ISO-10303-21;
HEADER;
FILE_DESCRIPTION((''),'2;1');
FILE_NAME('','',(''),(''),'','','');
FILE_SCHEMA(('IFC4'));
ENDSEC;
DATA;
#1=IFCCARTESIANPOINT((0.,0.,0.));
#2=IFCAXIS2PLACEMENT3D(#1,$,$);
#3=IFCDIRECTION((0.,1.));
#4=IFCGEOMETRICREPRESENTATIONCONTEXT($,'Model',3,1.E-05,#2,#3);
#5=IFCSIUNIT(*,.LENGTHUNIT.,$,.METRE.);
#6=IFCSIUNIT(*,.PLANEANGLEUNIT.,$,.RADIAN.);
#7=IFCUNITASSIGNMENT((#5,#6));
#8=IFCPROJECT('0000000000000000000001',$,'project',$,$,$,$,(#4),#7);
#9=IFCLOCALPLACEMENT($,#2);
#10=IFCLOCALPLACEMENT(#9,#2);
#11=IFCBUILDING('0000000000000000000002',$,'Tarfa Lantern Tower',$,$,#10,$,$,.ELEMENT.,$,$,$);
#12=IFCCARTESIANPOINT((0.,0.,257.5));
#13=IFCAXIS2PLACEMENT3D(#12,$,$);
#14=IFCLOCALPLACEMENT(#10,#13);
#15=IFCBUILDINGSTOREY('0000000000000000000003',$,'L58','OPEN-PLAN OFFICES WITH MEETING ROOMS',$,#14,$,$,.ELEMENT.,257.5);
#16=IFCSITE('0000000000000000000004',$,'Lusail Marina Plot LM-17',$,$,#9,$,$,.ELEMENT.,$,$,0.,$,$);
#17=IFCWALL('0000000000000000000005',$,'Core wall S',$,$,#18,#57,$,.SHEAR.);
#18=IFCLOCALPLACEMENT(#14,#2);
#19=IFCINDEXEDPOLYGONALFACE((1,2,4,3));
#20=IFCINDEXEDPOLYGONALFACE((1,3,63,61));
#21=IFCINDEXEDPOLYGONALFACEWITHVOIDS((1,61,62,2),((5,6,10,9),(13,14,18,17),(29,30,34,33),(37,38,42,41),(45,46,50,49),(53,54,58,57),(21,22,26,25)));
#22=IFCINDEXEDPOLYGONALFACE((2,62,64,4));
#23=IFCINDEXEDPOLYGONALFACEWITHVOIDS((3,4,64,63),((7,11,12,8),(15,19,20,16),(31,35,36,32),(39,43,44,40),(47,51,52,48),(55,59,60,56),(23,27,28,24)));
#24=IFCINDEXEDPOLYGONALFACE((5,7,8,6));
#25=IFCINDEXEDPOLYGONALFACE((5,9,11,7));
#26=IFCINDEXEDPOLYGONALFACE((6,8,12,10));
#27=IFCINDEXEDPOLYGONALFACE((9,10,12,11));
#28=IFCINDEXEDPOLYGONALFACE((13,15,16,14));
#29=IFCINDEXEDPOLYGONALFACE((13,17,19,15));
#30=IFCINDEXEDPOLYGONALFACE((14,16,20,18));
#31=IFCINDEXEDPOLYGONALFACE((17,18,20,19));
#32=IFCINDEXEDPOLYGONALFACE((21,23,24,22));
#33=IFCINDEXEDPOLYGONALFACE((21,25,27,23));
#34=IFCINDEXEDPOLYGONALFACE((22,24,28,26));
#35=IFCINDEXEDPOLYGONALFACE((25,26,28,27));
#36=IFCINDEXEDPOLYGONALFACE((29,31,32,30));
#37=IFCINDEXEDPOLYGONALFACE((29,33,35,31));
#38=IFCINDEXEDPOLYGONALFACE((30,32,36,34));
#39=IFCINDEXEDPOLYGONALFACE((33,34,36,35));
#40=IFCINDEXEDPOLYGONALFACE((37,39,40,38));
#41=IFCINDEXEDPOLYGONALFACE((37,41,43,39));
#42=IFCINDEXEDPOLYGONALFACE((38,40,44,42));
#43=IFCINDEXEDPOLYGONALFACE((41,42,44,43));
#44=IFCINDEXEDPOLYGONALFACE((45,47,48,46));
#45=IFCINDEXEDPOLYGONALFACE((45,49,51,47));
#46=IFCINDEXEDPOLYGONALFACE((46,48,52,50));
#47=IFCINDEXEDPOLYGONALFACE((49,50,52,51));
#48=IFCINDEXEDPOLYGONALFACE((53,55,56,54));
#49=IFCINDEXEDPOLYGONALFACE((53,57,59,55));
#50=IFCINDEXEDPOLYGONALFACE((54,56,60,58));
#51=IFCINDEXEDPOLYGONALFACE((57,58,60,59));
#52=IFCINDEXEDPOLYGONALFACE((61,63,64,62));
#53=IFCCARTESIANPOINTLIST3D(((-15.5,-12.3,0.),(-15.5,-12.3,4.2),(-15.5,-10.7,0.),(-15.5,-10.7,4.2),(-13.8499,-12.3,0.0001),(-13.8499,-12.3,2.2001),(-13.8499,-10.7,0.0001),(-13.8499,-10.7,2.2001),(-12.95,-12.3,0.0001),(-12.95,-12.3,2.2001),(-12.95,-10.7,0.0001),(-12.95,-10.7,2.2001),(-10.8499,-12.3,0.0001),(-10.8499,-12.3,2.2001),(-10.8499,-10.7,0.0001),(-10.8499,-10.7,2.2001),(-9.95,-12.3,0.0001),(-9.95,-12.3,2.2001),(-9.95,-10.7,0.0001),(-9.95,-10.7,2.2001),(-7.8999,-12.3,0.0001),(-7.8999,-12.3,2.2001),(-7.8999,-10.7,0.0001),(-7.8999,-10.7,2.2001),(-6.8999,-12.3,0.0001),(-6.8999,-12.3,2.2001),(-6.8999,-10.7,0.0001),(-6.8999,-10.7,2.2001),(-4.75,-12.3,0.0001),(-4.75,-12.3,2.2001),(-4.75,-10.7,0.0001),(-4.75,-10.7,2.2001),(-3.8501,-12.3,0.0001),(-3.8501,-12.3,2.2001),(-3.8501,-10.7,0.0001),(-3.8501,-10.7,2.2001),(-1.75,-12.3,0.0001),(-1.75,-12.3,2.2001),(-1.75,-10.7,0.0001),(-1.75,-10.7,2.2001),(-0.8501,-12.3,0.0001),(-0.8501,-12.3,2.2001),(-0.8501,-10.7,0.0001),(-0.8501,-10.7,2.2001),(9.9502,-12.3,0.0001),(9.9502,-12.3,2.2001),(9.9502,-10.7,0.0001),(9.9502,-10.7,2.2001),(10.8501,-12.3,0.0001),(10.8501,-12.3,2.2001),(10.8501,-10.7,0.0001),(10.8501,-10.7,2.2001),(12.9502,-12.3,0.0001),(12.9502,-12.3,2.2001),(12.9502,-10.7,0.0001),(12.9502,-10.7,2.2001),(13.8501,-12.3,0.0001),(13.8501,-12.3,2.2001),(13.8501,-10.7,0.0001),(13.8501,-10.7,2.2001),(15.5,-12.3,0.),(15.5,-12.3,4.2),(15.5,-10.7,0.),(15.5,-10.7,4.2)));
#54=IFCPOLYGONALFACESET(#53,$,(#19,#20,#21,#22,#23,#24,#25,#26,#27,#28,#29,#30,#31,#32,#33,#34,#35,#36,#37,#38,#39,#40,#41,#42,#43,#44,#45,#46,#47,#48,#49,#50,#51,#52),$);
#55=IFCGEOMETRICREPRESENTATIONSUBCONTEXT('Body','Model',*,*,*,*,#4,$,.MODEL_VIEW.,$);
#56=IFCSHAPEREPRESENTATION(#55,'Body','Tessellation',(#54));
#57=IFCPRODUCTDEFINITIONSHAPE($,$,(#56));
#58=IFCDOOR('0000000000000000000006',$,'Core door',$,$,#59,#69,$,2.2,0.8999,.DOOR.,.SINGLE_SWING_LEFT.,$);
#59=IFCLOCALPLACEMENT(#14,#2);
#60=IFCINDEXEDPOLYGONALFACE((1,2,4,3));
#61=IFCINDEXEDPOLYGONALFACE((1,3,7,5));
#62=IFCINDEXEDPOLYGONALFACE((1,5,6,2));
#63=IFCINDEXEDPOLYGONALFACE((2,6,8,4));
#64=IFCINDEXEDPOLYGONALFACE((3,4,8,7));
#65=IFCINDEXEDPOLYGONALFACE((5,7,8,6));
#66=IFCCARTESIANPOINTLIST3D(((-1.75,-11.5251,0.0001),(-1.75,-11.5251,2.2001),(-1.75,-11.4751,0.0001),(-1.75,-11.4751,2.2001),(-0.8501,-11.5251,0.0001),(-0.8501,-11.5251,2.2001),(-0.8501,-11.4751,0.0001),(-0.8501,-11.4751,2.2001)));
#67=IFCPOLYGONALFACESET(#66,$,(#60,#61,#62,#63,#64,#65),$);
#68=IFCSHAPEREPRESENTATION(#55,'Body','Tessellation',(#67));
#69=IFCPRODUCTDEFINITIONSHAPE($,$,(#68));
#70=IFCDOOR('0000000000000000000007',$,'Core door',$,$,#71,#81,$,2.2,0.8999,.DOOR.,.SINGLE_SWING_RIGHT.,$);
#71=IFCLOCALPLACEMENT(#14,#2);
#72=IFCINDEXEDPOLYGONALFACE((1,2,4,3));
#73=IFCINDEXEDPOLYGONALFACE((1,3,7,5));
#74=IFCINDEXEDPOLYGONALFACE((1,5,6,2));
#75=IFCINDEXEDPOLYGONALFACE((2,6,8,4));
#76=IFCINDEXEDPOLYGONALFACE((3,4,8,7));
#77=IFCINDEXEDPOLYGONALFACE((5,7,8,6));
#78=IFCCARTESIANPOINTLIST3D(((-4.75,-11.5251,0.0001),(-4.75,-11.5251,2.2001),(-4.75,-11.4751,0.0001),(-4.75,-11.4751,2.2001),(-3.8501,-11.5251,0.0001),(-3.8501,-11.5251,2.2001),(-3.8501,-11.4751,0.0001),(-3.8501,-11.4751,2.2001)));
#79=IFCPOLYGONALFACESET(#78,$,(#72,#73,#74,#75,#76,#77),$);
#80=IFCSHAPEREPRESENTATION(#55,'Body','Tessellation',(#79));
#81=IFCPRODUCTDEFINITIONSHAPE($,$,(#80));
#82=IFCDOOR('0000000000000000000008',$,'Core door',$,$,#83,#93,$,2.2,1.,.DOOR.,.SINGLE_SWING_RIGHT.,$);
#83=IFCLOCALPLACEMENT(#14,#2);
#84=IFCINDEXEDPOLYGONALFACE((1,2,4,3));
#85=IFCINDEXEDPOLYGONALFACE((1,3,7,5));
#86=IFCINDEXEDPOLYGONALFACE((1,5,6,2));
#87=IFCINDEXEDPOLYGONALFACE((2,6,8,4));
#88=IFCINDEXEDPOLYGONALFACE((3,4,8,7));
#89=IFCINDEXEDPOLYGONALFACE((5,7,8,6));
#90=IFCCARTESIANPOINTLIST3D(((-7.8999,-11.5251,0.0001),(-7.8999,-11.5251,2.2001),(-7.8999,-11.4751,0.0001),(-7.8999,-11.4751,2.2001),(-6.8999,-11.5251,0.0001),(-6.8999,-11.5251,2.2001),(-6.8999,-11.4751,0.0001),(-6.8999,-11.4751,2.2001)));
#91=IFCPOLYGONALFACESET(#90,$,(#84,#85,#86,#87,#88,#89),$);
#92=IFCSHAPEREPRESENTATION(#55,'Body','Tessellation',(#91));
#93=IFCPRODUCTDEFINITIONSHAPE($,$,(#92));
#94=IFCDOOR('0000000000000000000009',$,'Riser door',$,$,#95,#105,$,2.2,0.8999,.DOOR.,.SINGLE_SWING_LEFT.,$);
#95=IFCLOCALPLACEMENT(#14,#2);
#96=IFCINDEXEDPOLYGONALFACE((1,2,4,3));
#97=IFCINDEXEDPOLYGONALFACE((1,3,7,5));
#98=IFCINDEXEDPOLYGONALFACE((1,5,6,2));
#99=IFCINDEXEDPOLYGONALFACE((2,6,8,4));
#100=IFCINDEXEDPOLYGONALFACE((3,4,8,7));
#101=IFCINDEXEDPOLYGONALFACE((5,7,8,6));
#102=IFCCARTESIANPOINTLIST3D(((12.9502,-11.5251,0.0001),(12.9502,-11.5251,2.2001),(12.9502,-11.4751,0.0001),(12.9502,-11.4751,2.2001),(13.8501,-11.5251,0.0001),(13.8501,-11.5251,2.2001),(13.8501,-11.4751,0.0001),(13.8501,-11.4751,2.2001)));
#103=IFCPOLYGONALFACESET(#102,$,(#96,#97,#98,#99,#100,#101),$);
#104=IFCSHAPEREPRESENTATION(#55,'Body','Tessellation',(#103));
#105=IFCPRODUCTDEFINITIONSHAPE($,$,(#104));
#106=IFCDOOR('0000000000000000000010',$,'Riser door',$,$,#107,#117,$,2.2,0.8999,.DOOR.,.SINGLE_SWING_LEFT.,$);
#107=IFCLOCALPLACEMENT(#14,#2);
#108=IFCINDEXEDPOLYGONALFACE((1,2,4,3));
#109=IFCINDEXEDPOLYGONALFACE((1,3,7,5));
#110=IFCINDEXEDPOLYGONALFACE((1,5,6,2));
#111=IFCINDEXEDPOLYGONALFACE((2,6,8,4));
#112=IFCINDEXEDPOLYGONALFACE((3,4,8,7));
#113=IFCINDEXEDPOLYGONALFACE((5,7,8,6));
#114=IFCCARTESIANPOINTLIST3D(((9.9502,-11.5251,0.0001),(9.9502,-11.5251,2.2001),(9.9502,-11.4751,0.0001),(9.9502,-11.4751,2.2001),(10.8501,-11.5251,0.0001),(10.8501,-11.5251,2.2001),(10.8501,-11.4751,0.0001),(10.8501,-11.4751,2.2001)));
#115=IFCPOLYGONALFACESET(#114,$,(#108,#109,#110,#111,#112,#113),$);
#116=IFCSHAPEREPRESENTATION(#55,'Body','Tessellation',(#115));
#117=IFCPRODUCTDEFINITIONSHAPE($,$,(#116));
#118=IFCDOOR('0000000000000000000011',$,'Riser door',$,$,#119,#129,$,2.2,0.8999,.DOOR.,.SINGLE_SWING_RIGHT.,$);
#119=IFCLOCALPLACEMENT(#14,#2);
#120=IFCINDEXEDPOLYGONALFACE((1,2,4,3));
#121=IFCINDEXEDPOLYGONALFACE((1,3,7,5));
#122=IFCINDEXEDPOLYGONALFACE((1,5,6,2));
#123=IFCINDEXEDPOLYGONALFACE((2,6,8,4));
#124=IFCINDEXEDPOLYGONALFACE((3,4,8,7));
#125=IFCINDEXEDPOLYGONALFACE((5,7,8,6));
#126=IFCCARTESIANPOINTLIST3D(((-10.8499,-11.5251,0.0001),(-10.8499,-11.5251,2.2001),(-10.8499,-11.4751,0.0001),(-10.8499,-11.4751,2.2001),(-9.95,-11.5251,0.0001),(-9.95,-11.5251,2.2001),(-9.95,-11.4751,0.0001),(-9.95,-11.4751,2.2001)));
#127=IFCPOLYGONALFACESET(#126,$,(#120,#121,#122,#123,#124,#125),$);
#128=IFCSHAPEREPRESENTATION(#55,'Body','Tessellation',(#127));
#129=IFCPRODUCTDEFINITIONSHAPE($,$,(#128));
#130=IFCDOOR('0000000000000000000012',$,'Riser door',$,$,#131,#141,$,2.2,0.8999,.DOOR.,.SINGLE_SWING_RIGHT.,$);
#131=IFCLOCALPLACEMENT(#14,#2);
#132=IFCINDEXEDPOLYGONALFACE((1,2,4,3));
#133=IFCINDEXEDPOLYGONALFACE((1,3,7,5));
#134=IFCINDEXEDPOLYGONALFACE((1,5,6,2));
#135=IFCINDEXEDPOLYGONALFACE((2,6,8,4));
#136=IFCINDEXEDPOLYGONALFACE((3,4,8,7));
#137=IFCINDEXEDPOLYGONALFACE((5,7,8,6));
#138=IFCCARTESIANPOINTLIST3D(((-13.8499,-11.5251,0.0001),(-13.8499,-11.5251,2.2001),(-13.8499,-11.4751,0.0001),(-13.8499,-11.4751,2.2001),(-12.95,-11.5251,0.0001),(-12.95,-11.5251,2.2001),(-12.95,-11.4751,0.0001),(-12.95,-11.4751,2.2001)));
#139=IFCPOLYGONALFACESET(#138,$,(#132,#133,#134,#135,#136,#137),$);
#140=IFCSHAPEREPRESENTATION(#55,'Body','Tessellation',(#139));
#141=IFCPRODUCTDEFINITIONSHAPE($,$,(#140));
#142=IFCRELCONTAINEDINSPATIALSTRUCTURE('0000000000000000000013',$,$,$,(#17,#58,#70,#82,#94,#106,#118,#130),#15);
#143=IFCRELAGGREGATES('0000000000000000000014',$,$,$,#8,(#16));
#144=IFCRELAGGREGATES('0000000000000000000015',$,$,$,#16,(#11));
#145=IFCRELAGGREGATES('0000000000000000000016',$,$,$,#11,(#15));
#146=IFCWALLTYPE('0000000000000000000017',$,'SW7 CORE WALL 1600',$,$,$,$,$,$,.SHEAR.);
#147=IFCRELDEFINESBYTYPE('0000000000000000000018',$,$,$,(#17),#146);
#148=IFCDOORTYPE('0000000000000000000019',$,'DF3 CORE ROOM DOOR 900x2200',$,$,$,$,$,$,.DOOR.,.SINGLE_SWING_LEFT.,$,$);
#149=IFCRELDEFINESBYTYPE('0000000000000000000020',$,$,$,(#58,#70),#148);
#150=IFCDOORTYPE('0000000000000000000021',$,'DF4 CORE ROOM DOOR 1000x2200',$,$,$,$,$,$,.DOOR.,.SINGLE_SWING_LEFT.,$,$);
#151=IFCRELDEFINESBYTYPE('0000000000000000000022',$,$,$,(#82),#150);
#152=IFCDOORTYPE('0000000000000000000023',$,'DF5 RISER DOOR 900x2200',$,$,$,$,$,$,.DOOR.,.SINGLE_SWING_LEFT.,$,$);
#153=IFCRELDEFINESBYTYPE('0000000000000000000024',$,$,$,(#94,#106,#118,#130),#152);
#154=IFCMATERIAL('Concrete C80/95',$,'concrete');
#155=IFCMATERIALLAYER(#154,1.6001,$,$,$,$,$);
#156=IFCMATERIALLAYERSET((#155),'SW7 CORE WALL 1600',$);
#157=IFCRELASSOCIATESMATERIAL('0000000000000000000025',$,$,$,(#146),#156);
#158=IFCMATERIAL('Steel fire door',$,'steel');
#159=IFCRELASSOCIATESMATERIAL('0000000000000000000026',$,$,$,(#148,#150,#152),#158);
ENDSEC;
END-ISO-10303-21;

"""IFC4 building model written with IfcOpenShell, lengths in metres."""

from ifc_helpers import new_model, si_unit, direction, frame, frame_2d, origin, place, context, subcontext, project, spatial, rectangle, extrude, material, layer, layer_set, type_object, element, fill, save


model = new_model("IFC4")

# Units and contexts
model_context = context("Model", 3, precision=1e-05, world=origin(), true_north=direction((0.0, 1.0)))
body_context = subcontext(model_context, "Body", "Model", "MODEL_VIEW")
ifc_project = project(units=[si_unit("LENGTHUNIT", "METRE"), si_unit("PLANEANGLEUNIT", "RADIAN")], contexts=[model_context])

# Site, building, storey
site_placement = place(None, origin())
site = spatial("IfcSite", under=ifc_project, at=site_placement, Name="Lusail Marina Plot LM-17", CompositionType="ELEMENT", RefElevation=0.0)
building_placement = place(site_placement, origin())
building = spatial("IfcBuilding", under=site, at=building_placement, Name="Tarfa Lantern Tower", CompositionType="ELEMENT")
storey_placement = place(building_placement, frame((0.0, 0.0, 257.5)))
storey = spatial("IfcBuildingStorey", under=building, at=storey_placement, Name="L58", Description="OPEN-PLAN OFFICES WITH MEETING ROOMS", CompositionType="ELEMENT", Elevation=257.5)

# Shared definitions
ifc_material_1 = material(Name="Concrete C80/95", Category="concrete")
ifc_material_2 = material(Name="Steel fire door", Category="steel")

# Wall, openings, doors
ifc_layer_1 = layer(ifc_material_1, 1.6001)
ifc_layer_set_1 = layer_set([ifc_layer_1], Name="SW7 CORE WALL 1600")
wall_type_1 = type_object("IfcWallType", Name="SW7 CORE WALL 1600", PredefinedType="SHEAR", material=ifc_layer_set_1)
wall_1_placement = place(storey_placement, frame((15.5, -11.5, 0.0), z_axis=(0.0, 0.0, 1.0), x_axis=(-1.0, 0.0, 0.0)))
wall_1 = element("IfcWall", 1, at=wall_1_placement, inside=storey, type_object=wall_type_1, Name="Core wall S", PredefinedType="SHEAR", context=body_context, shape_type="SweptSolid", body=[
    extrude(rectangle(XDim=31.0, YDim=1.6001, at=frame_2d((15.5, 0.0))), origin(), (0.0, 0.0, 1.0), 4.2),
])
opening_1_placement = place(wall_1_placement, frame((16.3501, 0.0, 0.0)))
opening_1 = element("IfcOpeningElement", 2, at=opening_1_placement, cuts=wall_1, PredefinedType="OPENING", context=body_context, shape_type="SweptSolid", body=[
    extrude(rectangle(XDim=0.8999, YDim=2.2, at=frame_2d((0.45, 1.1001))), frame((0.0, 0.8101, 0.0), z_axis=(0.0, -1.0, 0.0), x_axis=(1.0, 0.0, 0.0)), (0.0, 0.0, 1.0), 1.6201),
])
opening_2_placement = place(wall_1_placement, frame((19.3501, 0.0, 0.0)))
opening_2 = element("IfcOpeningElement", 3, at=opening_2_placement, cuts=wall_1, PredefinedType="OPENING", context=body_context, shape_type="SweptSolid", body=[
    extrude(rectangle(XDim=0.8999, YDim=2.2, at=frame_2d((0.45, 1.1001))), frame((0.0, 0.8101, 0.0), z_axis=(0.0, -1.0, 0.0), x_axis=(1.0, 0.0, 0.0)), (0.0, 0.0, 1.0), 1.6201),
])
opening_3_placement = place(wall_1_placement, frame((22.3999, 0.0, 0.0)))
opening_3 = element("IfcOpeningElement", 4, at=opening_3_placement, cuts=wall_1, PredefinedType="OPENING", context=body_context, shape_type="SweptSolid", body=[
    extrude(rectangle(XDim=1.0, YDim=2.2, at=frame_2d((0.5, 1.1001))), frame((0.0, 0.8101, 0.0), z_axis=(0.0, -1.0, 0.0), x_axis=(1.0, 0.0, 0.0)), (0.0, 0.0, 1.0), 1.6201),
])
opening_4_placement = place(wall_1_placement, frame((1.6499, 0.0, 0.0)))
opening_4 = element("IfcOpeningElement", 5, at=opening_4_placement, cuts=wall_1, PredefinedType="OPENING", context=body_context, shape_type="SweptSolid", body=[
    extrude(rectangle(XDim=0.8999, YDim=2.2, at=frame_2d((0.45, 1.1001))), frame((0.0, 0.8101, 0.0), z_axis=(0.0, -1.0, 0.0), x_axis=(1.0, 0.0, 0.0)), (0.0, 0.0, 1.0), 1.6201),
])
opening_5_placement = place(wall_1_placement, frame((4.6499, 0.0, 0.0)))
opening_5 = element("IfcOpeningElement", 6, at=opening_5_placement, cuts=wall_1, PredefinedType="OPENING", context=body_context, shape_type="SweptSolid", body=[
    extrude(rectangle(XDim=0.8999, YDim=2.2, at=frame_2d((0.45, 1.1001))), frame((0.0, 0.8101, 0.0), z_axis=(0.0, -1.0, 0.0), x_axis=(1.0, 0.0, 0.0)), (0.0, 0.0, 1.0), 1.6201),
])
opening_6_placement = place(wall_1_placement, frame((25.45, 0.0, 0.0)))
opening_6 = element("IfcOpeningElement", 7, at=opening_6_placement, cuts=wall_1, PredefinedType="OPENING", context=body_context, shape_type="SweptSolid", body=[
    extrude(rectangle(XDim=0.8999, YDim=2.2, at=frame_2d((0.45, 1.1001))), frame((0.0, 0.8101, 0.0), z_axis=(0.0, -1.0, 0.0), x_axis=(1.0, 0.0, 0.0)), (0.0, 0.0, 1.0), 1.6201),
])
opening_7_placement = place(wall_1_placement, frame((28.45, 0.0, 0.0)))
opening_7 = element("IfcOpeningElement", 8, at=opening_7_placement, cuts=wall_1, PredefinedType="OPENING", context=body_context, shape_type="SweptSolid", body=[
    extrude(rectangle(XDim=0.8999, YDim=2.2, at=frame_2d((0.45, 1.1001))), frame((0.0, 0.8101, 0.0), z_axis=(0.0, -1.0, 0.0), x_axis=(1.0, 0.0, 0.0)), (0.0, 0.0, 1.0), 1.6201),
])
door_type_1 = type_object("IfcDoorType", Name="DF3 CORE ROOM DOOR 900x2200", OperationType="SINGLE_SWING_LEFT", PredefinedType="DOOR", material=ifc_material_2)
door_1_placement = place(opening_1_placement, frame((0.8999, 0.0, 0.0), z_axis=(0.0, 0.0, 1.0), x_axis=(-1.0, 0.0, 0.0)))
door_1 = element("IfcDoor", 9, at=door_1_placement, inside=storey, type_object=door_type_1, Name="Core door", OperationType="SINGLE_SWING_LEFT", OverallHeight=2.2, OverallWidth=0.8999, PredefinedType="DOOR", context=body_context, shape_type="SweptSolid", body=[
    extrude(rectangle(XDim=0.8999, YDim=2.2, at=frame_2d((0.45, 1.1001))), frame((0.0, 0.0249, 0.0), z_axis=(0.0, -1.0, 0.0), x_axis=(1.0, 0.0, 0.0)), (0.0, 0.0, 1.0), 0.05),
])
fill(opening_1, door_1)
door_2_placement = place(opening_2_placement, frame((0.8999, 0.0, 0.0), z_axis=(0.0, 0.0, 1.0), x_axis=(-1.0, 0.0, 0.0)))
door_2 = element("IfcDoor", 10, at=door_2_placement, inside=storey, type_object=door_type_1, Name="Core door", OperationType="SINGLE_SWING_RIGHT", OverallHeight=2.2, OverallWidth=0.8999, PredefinedType="DOOR", context=body_context, shape_type="SweptSolid", body=[
    extrude(rectangle(XDim=0.8999, YDim=2.2, at=frame_2d((0.45, 1.1001))), frame((0.0, 0.0249, 0.0), z_axis=(0.0, -1.0, 0.0), x_axis=(1.0, 0.0, 0.0)), (0.0, 0.0, 1.0), 0.05),
])
fill(opening_2, door_2)
door_type_2 = type_object("IfcDoorType", Name="DF4 CORE ROOM DOOR 1000x2200", OperationType="SINGLE_SWING_LEFT", PredefinedType="DOOR", material=ifc_material_2)
door_3_placement = place(opening_3_placement, frame((1.0, 0.0, 0.0), z_axis=(0.0, 0.0, 1.0), x_axis=(-1.0, 0.0, 0.0)))
door_3 = element("IfcDoor", 11, at=door_3_placement, inside=storey, type_object=door_type_2, Name="Core door", OperationType="SINGLE_SWING_RIGHT", OverallHeight=2.2, OverallWidth=1.0, PredefinedType="DOOR", context=body_context, shape_type="SweptSolid", body=[
    extrude(rectangle(XDim=1.0, YDim=2.2, at=frame_2d((0.5, 1.1001))), frame((0.0, 0.0249, 0.0), z_axis=(0.0, -1.0, 0.0), x_axis=(1.0, 0.0, 0.0)), (0.0, 0.0, 1.0), 0.05),
])
fill(opening_3, door_3)
door_type_3 = type_object("IfcDoorType", Name="DF5 RISER DOOR 900x2200", OperationType="SINGLE_SWING_LEFT", PredefinedType="DOOR", material=ifc_material_2)
door_4_placement = place(opening_4_placement, frame((0.8999, 0.0, 0.0), z_axis=(0.0, 0.0, 1.0), x_axis=(-1.0, 0.0, 0.0)))
door_4 = element("IfcDoor", 12, at=door_4_placement, inside=storey, type_object=door_type_3, Name="Riser door", OperationType="SINGLE_SWING_LEFT", OverallHeight=2.2, OverallWidth=0.8999, PredefinedType="DOOR", context=body_context, shape_type="SweptSolid", body=[
    extrude(rectangle(XDim=0.8999, YDim=2.2, at=frame_2d((0.45, 1.1001))), frame((0.0, 0.0249, 0.0), z_axis=(0.0, -1.0, 0.0), x_axis=(1.0, 0.0, 0.0)), (0.0, 0.0, 1.0), 0.05),
])
fill(opening_4, door_4)
door_5_placement = place(opening_5_placement, frame((0.8999, 0.0, 0.0), z_axis=(0.0, 0.0, 1.0), x_axis=(-1.0, 0.0, 0.0)))
door_5 = element("IfcDoor", 13, at=door_5_placement, inside=storey, type_object=door_type_3, Name="Riser door", OperationType="SINGLE_SWING_LEFT", OverallHeight=2.2, OverallWidth=0.8999, PredefinedType="DOOR", context=body_context, shape_type="SweptSolid", body=[
    extrude(rectangle(XDim=0.8999, YDim=2.2, at=frame_2d((0.45, 1.1001))), frame((0.0, 0.0249, 0.0), z_axis=(0.0, -1.0, 0.0), x_axis=(1.0, 0.0, 0.0)), (0.0, 0.0, 1.0), 0.05),
])
fill(opening_5, door_5)
door_6_placement = place(opening_6_placement, frame((0.8999, 0.0, 0.0), z_axis=(0.0, 0.0, 1.0), x_axis=(-1.0, 0.0, 0.0)))
door_6 = element("IfcDoor", 14, at=door_6_placement, inside=storey, type_object=door_type_3, Name="Riser door", OperationType="SINGLE_SWING_RIGHT", OverallHeight=2.2, OverallWidth=0.8999, PredefinedType="DOOR", context=body_context, shape_type="SweptSolid", body=[
    extrude(rectangle(XDim=0.8999, YDim=2.2, at=frame_2d((0.45, 1.1001))), frame((0.0, 0.0249, 0.0), z_axis=(0.0, -1.0, 0.0), x_axis=(1.0, 0.0, 0.0)), (0.0, 0.0, 1.0), 0.05),
])
fill(opening_6, door_6)
door_7_placement = place(opening_7_placement, frame((0.8999, 0.0, 0.0), z_axis=(0.0, 0.0, 1.0), x_axis=(-1.0, 0.0, 0.0)))
door_7 = element("IfcDoor", 15, at=door_7_placement, inside=storey, type_object=door_type_3, Name="Riser door", OperationType="SINGLE_SWING_RIGHT", OverallHeight=2.2, OverallWidth=0.8999, PredefinedType="DOOR", context=body_context, shape_type="SweptSolid", body=[
    extrude(rectangle(XDim=0.8999, YDim=2.2, at=frame_2d((0.45, 1.1001))), frame((0.0, 0.0249, 0.0), z_axis=(0.0, -1.0, 0.0), x_axis=(1.0, 0.0, 0.0)), (0.0, 0.0, 1.0), 0.05),
])
fill(opening_7, door_7)

save(model, "model.ifc")
